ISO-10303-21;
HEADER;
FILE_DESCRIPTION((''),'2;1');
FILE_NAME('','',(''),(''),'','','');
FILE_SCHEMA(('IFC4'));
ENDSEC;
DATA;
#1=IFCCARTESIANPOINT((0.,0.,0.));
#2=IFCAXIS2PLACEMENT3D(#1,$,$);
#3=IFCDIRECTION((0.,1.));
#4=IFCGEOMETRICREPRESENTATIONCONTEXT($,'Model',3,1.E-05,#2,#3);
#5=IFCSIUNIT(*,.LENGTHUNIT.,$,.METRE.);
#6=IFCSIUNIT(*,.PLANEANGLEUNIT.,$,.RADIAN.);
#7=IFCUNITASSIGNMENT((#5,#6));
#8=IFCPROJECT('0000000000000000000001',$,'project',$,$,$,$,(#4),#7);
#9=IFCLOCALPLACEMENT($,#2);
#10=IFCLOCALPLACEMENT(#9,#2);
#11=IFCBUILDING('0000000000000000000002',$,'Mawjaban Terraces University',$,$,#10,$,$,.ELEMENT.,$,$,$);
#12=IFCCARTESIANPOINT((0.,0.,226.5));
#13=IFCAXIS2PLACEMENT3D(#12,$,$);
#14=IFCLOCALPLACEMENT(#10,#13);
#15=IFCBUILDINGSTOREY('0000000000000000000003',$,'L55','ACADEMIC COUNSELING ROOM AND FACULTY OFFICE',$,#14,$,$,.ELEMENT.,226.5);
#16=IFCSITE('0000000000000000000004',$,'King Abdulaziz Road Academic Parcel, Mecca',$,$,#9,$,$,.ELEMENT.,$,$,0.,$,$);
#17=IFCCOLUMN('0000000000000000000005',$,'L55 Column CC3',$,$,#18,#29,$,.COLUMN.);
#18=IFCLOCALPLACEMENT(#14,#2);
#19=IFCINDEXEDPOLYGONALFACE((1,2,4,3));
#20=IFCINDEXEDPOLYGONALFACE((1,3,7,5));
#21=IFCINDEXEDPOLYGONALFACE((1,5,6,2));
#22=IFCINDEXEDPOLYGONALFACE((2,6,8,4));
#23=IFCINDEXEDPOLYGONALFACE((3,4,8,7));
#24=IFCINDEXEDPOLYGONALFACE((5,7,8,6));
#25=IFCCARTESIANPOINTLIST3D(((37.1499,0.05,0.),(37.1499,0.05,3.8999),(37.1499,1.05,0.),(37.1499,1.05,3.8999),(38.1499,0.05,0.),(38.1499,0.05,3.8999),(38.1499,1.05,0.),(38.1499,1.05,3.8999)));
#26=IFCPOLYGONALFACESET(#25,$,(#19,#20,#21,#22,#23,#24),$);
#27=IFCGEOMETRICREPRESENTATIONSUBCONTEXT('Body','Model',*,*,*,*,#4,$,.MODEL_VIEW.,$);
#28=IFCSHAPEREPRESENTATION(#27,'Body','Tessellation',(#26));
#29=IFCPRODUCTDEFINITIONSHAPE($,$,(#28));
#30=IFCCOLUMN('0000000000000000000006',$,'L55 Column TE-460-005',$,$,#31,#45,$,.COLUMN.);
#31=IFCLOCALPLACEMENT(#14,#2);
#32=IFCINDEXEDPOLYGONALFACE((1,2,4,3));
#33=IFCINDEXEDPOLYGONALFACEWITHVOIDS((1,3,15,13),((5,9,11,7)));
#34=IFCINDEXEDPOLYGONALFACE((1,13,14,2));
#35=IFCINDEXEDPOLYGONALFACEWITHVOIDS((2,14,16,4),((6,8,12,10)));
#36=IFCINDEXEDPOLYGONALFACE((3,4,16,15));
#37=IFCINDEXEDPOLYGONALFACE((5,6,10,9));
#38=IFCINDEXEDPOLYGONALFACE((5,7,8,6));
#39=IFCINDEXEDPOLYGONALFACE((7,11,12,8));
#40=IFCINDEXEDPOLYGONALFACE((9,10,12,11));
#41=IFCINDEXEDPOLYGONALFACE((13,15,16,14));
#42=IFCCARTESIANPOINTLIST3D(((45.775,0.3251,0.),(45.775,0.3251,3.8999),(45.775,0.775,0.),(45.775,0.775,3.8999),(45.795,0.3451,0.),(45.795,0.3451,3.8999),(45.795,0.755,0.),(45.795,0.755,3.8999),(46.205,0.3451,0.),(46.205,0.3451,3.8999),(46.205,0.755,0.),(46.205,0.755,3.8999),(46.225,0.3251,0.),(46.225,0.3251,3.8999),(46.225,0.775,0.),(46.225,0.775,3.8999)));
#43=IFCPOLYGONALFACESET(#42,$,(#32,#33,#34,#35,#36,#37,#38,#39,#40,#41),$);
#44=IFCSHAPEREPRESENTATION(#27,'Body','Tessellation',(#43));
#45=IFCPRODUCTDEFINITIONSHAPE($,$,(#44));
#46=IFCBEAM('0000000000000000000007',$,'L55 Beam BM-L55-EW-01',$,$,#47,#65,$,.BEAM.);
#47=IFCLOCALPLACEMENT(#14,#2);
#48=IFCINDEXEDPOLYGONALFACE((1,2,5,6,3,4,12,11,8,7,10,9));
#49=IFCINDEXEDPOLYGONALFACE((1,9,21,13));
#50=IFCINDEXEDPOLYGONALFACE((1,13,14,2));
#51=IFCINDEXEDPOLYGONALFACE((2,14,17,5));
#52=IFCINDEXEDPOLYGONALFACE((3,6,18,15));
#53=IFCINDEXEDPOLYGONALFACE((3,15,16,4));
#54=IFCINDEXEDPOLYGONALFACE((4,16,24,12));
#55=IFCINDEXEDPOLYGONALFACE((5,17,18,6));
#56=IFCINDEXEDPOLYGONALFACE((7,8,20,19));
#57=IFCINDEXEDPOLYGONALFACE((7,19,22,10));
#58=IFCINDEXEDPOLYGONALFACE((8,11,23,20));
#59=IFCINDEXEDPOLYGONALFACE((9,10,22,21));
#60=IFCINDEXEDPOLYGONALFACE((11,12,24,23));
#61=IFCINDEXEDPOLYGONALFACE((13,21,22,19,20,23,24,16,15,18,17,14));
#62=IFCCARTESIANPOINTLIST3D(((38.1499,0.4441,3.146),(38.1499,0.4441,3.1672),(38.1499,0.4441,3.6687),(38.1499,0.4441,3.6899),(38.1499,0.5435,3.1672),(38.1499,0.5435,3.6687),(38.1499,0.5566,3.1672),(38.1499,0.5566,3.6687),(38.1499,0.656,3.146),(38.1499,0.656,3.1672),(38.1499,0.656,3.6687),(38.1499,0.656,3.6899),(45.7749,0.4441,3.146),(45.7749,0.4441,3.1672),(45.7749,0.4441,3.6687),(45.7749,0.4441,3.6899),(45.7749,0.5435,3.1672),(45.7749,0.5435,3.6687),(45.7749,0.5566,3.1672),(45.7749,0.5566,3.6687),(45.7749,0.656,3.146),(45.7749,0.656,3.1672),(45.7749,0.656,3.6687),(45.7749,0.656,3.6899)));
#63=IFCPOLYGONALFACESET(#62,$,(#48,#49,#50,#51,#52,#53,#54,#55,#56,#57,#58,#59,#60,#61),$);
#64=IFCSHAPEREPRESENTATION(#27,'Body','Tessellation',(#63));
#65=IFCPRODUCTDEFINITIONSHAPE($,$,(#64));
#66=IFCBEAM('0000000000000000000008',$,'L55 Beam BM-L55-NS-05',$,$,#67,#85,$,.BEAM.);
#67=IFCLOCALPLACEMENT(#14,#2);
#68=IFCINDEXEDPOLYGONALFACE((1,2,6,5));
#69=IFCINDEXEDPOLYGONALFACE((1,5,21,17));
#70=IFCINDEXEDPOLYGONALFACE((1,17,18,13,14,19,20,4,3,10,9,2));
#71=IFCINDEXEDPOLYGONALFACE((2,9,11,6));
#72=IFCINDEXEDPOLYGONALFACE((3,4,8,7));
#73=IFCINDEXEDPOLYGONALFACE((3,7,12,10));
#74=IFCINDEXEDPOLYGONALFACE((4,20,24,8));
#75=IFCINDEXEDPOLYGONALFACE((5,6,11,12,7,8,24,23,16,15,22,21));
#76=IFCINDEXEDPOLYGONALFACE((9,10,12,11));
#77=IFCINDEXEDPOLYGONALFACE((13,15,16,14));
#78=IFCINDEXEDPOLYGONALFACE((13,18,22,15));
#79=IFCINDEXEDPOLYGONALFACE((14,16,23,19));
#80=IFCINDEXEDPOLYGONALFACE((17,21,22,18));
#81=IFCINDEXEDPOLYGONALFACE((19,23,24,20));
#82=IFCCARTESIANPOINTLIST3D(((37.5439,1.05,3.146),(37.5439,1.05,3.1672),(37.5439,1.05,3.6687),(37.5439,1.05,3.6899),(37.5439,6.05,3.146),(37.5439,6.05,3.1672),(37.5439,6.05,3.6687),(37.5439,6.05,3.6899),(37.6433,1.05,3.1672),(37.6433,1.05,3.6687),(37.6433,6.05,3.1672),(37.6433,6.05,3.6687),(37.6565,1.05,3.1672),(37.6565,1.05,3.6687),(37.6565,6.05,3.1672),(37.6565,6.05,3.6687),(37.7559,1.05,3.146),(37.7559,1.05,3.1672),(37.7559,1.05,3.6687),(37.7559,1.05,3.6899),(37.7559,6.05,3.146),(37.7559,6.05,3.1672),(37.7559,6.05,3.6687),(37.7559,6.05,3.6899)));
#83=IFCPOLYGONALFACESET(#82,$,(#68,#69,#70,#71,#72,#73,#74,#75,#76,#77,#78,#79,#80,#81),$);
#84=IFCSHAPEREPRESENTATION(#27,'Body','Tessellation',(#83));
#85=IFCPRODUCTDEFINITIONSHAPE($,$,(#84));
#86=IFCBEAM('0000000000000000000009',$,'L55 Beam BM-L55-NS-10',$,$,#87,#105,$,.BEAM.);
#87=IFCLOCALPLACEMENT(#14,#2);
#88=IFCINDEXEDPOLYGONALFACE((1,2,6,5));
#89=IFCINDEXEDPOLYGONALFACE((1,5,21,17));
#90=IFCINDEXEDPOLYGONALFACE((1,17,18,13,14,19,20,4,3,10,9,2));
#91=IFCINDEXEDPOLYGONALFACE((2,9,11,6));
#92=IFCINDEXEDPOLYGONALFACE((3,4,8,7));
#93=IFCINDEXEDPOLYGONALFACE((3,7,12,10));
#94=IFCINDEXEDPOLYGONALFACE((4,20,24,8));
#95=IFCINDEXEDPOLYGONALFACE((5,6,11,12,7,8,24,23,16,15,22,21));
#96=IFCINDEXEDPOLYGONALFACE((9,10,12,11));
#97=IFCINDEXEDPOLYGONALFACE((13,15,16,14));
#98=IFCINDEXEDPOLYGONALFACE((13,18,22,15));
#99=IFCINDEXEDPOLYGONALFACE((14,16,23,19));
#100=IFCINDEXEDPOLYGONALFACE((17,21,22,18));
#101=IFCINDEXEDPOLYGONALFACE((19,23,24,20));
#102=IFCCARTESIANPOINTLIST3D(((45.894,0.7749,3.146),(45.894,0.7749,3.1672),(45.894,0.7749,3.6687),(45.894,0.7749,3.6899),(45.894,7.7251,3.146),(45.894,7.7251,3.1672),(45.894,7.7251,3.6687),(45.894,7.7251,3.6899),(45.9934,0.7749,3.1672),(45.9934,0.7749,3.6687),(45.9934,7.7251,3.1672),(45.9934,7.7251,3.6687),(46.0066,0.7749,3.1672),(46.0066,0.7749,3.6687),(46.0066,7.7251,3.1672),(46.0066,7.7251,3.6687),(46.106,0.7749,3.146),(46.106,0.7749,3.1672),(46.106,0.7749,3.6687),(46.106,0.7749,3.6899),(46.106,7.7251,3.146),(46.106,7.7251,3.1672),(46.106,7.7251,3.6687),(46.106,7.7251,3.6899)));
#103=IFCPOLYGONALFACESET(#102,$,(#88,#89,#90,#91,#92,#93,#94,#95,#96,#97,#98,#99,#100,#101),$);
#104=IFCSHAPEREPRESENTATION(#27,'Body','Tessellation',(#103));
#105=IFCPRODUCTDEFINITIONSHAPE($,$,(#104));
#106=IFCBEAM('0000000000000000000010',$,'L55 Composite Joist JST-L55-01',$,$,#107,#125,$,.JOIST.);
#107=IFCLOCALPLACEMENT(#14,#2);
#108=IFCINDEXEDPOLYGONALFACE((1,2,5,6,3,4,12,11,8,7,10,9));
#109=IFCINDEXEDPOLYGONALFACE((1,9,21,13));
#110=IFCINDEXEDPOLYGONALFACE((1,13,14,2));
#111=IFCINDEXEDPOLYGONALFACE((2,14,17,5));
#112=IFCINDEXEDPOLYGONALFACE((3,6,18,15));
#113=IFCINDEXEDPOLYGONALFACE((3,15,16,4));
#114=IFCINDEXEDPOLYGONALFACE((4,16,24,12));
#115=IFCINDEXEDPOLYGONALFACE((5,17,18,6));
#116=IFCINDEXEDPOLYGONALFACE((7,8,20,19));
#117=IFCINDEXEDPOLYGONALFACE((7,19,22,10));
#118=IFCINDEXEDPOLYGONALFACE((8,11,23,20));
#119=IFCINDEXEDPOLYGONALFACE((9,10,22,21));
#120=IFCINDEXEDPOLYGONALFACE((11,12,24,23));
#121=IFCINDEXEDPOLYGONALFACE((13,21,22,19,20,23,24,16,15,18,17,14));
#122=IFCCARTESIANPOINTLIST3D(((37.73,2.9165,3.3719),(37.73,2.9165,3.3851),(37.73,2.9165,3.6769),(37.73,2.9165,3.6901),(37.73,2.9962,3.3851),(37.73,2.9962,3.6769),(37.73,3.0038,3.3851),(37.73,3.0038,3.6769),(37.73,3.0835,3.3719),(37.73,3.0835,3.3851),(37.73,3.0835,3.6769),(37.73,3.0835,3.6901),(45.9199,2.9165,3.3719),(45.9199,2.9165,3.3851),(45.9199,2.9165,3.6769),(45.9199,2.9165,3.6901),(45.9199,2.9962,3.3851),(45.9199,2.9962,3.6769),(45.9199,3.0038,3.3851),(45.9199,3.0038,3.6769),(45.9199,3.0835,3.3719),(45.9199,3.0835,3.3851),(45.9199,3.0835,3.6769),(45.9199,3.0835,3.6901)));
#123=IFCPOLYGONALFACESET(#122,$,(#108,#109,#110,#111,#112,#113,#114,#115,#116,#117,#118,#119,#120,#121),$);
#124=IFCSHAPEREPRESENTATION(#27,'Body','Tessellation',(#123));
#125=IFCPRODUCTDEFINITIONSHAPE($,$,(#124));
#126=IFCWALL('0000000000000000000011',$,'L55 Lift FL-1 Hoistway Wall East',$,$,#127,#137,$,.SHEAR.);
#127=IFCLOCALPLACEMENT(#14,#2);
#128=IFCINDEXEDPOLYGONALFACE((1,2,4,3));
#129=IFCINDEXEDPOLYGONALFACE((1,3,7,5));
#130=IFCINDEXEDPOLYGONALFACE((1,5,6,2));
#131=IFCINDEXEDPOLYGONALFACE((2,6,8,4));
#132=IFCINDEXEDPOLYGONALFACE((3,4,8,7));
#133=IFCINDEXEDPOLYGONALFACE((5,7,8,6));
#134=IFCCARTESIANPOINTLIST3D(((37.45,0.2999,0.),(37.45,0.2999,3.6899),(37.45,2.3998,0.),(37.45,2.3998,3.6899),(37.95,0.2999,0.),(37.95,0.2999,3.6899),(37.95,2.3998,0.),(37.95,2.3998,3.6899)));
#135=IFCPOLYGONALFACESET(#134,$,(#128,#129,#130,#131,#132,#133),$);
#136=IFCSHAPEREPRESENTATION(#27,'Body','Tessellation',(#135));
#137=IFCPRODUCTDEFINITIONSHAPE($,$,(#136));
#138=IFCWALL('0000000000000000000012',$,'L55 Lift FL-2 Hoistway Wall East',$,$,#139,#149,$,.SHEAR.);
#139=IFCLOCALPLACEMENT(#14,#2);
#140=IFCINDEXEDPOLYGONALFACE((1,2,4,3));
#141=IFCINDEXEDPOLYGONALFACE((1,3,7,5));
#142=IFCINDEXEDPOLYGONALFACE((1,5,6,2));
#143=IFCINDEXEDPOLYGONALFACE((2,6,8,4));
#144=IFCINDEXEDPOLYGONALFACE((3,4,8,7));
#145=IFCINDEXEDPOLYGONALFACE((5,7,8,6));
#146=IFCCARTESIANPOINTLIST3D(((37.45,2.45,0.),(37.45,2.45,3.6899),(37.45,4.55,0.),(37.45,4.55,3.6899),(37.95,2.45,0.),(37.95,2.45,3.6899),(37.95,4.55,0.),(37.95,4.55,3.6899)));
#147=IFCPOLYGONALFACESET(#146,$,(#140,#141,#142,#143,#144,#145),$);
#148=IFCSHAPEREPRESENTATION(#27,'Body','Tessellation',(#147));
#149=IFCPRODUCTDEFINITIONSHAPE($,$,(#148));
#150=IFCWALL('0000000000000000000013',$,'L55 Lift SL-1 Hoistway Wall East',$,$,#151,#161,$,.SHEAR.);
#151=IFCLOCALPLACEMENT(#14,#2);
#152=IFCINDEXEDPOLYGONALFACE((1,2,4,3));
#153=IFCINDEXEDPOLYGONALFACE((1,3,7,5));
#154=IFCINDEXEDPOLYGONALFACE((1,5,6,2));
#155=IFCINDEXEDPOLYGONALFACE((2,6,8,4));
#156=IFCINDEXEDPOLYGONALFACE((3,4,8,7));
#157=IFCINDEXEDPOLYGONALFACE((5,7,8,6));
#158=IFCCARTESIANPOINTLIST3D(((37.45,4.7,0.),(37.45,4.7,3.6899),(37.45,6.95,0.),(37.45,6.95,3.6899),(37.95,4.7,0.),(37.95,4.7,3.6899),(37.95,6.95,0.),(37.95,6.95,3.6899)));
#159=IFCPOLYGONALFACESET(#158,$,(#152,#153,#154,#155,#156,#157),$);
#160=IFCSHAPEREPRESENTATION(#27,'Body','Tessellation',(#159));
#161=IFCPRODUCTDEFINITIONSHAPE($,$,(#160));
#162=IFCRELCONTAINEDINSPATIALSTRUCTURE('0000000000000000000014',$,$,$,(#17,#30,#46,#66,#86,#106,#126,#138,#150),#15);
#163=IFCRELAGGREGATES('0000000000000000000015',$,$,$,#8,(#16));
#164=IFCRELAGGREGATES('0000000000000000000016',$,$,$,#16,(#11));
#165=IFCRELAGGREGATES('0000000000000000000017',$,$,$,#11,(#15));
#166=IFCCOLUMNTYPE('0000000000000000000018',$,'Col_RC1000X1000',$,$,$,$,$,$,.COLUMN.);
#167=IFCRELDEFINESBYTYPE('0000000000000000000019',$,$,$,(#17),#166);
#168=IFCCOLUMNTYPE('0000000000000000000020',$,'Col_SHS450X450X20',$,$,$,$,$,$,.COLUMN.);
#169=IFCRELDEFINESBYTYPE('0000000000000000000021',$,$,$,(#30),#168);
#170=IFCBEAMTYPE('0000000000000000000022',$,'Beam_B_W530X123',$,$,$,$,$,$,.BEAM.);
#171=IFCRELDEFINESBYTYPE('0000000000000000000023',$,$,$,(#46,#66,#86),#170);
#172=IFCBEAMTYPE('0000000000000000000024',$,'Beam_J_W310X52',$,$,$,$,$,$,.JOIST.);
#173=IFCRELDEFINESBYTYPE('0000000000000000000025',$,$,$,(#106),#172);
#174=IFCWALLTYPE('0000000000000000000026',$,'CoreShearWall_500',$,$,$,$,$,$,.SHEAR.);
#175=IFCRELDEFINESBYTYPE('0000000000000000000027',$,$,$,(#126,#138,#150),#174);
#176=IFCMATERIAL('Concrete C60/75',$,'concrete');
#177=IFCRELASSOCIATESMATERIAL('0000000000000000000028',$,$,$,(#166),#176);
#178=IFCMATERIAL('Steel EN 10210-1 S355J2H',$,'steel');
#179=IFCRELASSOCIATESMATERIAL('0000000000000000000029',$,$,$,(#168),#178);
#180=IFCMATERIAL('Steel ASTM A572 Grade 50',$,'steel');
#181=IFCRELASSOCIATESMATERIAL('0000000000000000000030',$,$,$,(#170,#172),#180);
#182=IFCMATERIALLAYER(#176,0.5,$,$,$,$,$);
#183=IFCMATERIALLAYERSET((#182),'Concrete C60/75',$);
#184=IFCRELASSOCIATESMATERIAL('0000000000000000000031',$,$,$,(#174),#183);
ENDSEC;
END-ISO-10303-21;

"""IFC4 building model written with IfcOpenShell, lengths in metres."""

from ifc_helpers import new_model, si_unit, direction, frame, frame_2d, origin, origin_2d, place, context, subcontext, project, spatial, rectangle, hollow_rectangle, i_section, extrude, material, layer, layer_set, material_profile, profile_set, type_object, element, save


model = new_model("IFC4")

# Units and contexts
model_context = context("Model", 3, precision=1e-05, world=origin(), true_north=direction((0.0, 1.0)))
body_context = subcontext(model_context, "Body", "Model", "MODEL_VIEW")
ifc_project = project(units=[si_unit("LENGTHUNIT", "METRE"), si_unit("PLANEANGLEUNIT", "RADIAN")], contexts=[model_context])

# Site, building, storey
site_placement = place(None, origin())
site = spatial("IfcSite", under=ifc_project, at=site_placement, Name="King Abdulaziz Road Academic Parcel, Mecca", CompositionType="ELEMENT", RefElevation=0.0)
building_placement = place(site_placement, origin())
building = spatial("IfcBuilding", under=site, at=building_placement, Name="Mawjaban Terraces University", CompositionType="ELEMENT")
storey_placement = place(building_placement, frame((0.0, 0.0, 226.5)))
storey = spatial("IfcBuildingStorey", under=building, at=storey_placement, Name="L55", Description="ACADEMIC COUNSELING ROOM AND FACULTY OFFICE", CompositionType="ELEMENT", Elevation=226.5)

# Columns
ifc_material_1 = material(Name="Concrete C60/75", Category="concrete")
ifc_material_profile_1 = material_profile(ifc_material_1, rectangle(XDim=1.0, YDim=1.0, at=origin_2d()), Name="RC1000X1000")
ifc_profile_set_1 = profile_set([ifc_material_profile_1], Name="Concrete C60/75")
column_type_1 = type_object("IfcColumnType", Name="Col_RC1000X1000", PredefinedType="COLUMN", material=ifc_profile_set_1)
column_1_placement = place(storey_placement, frame((37.6499, 0.55, 0.0), z_axis=(0.0, 0.0, 1.0), x_axis=(1.0, 0.0, 0.0)))
element("IfcColumn", 1, at=column_1_placement, inside=storey, type_object=column_type_1, Name="L55 Column CC3", PredefinedType="COLUMN", context=body_context, shape_type="SweptSolid", body=[
    extrude(rectangle(XDim=1.0, YDim=1.0, at=origin_2d()), origin(), (0.0, 0.0, 1.0), 3.8999),
])
ifc_material_2 = material(Name="Steel EN 10210-1 S355J2H", Category="steel")
ifc_material_profile_2 = material_profile(ifc_material_2, hollow_rectangle(XDim=0.45, YDim=0.45, WallThickness=0.02, at=origin_2d()), Name="SHS450X450X20")
ifc_profile_set_2 = profile_set([ifc_material_profile_2], Name="Steel EN 10210-1 S355J2H")
column_type_2 = type_object("IfcColumnType", Name="Col_SHS450X450X20", PredefinedType="COLUMN", material=ifc_profile_set_2)
column_2_placement = place(storey_placement, frame((46.0, 0.55, 0.0), z_axis=(0.0, 0.0, 1.0), x_axis=(1.0, 0.0, 0.0)))
element("IfcColumn", 2, at=column_2_placement, inside=storey, type_object=column_type_2, Name="L55 Column TE-460-005", PredefinedType="COLUMN", context=body_context, shape_type="SweptSolid", body=[
    extrude(hollow_rectangle(XDim=0.45, YDim=0.45, WallThickness=0.02, at=origin_2d()), origin(), (0.0, 0.0, 1.0), 3.8999),
])

# Beams
ifc_material_3 = material(Name="Steel ASTM A572 Grade 50", Category="steel")
ifc_material_profile_3 = material_profile(ifc_material_3, i_section(OverallWidth=0.2119, OverallDepth=0.5439, WebThickness=0.0132, FlangeThickness=0.0212, at=origin_2d()), Name="W530X123")
ifc_profile_set_3 = profile_set([ifc_material_profile_3], Name="Steel ASTM A572 Grade 50")
beam_type_1 = type_object("IfcBeamType", Name="Beam_B_W530X123", PredefinedType="BEAM", material=ifc_profile_set_3)
beam_1_placement = place(storey_placement, frame((38.1499, 0.55, 3.418), z_axis=(1.0, 0.0, 0.0), x_axis=(0.0, 1.0, 0.0)))
element("IfcBeam", 3, at=beam_1_placement, inside=storey, type_object=beam_type_1, Name="L55 Beam BM-L55-EW-01", PredefinedType="BEAM", context=body_context, shape_type="SweptSolid", body=[
    extrude(i_section(OverallWidth=0.2119, OverallDepth=0.5439, WebThickness=0.0132, FlangeThickness=0.0212, at=origin_2d()), origin(), (0.0, 0.0, 1.0), 7.625),
])
beam_2_placement = place(storey_placement, frame((37.6499, 1.05, 3.418), z_axis=(0.0, 1.0, 0.0), x_axis=(-1.0, 0.0, 0.0)))
element("IfcBeam", 4, at=beam_2_placement, inside=storey, type_object=beam_type_1, Name="L55 Beam BM-L55-NS-05", PredefinedType="BEAM", context=body_context, shape_type="SweptSolid", body=[
    extrude(i_section(OverallWidth=0.2119, OverallDepth=0.5439, WebThickness=0.0132, FlangeThickness=0.0212, at=origin_2d()), origin(), (0.0, 0.0, 1.0), 5.0),
])
beam_3_placement = place(storey_placement, frame((46.0, 0.7749, 3.418), z_axis=(0.0, 1.0, 0.0), x_axis=(-1.0, 0.0, 0.0)))
element("IfcBeam", 5, at=beam_3_placement, inside=storey, type_object=beam_type_1, Name="L55 Beam BM-L55-NS-10", PredefinedType="BEAM", context=body_context, shape_type="SweptSolid", body=[
    extrude(i_section(OverallWidth=0.2119, OverallDepth=0.5439, WebThickness=0.0132, FlangeThickness=0.0212, at=origin_2d()), origin(), (0.0, 0.0, 1.0), 6.9502),
])
ifc_material_profile_4 = material_profile(ifc_material_3, i_section(OverallWidth=0.167, OverallDepth=0.3181, WebThickness=0.0076, FlangeThickness=0.0132, at=origin_2d()), Name="W310X52")
ifc_profile_set_4 = profile_set([ifc_material_profile_4], Name="Steel ASTM A572 Grade 50")
beam_type_2 = type_object("IfcBeamType", Name="Beam_J_W310X52", PredefinedType="JOIST", material=ifc_profile_set_4)
beam_4_placement = place(storey_placement, frame((37.73, 3.0, 3.531), z_axis=(1.0, 0.0, 0.0), x_axis=(0.0, 1.0, 0.0)))
element("IfcBeam", 6, at=beam_4_placement, inside=storey, type_object=beam_type_2, Name="L55 Composite Joist JST-L55-01", PredefinedType="JOIST", context=body_context, shape_type="SweptSolid", body=[
    extrude(i_section(OverallWidth=0.167, OverallDepth=0.3181, WebThickness=0.0076, FlangeThickness=0.0132, at=origin_2d()), origin(), (0.0, 0.0, 1.0), 8.1899),
])

# Walls
ifc_layer_1 = layer(ifc_material_1, 0.5)
ifc_layer_set_1 = layer_set([ifc_layer_1], Name="Concrete C60/75")
wall_type_1 = type_object("IfcWallType", Name="CoreShearWall_500", PredefinedType="SHEAR", material=ifc_layer_set_1)
wall_1_placement = place(storey_placement, frame((37.7, 0.3, 0.0), z_axis=(0.0, 0.0, 1.0), x_axis=(0.0, 1.0, 0.0)))
element("IfcWall", 7, at=wall_1_placement, inside=storey, type_object=wall_type_1, Name="L55 Lift FL-1 Hoistway Wall East", PredefinedType="SHEAR", context=body_context, shape_type="SweptSolid", body=[
    extrude(rectangle(XDim=2.0999, YDim=0.5, at=frame_2d((1.0498, 0.0))), origin(), (0.0, 0.0, 1.0), 3.6899),
])
wall_2_placement = place(storey_placement, frame((37.7, 2.45, 0.0), z_axis=(0.0, 0.0, 1.0), x_axis=(0.0, 1.0, 0.0)))
element("IfcWall", 8, at=wall_2_placement, inside=storey, type_object=wall_type_1, Name="L55 Lift FL-2 Hoistway Wall East", PredefinedType="SHEAR", context=body_context, shape_type="SweptSolid", body=[
    extrude(rectangle(XDim=2.1001, YDim=0.5, at=frame_2d((1.05, 0.0))), origin(), (0.0, 0.0, 1.0), 3.6899),
])
wall_3_placement = place(storey_placement, frame((37.7, 4.7, 0.0), z_axis=(0.0, 0.0, 1.0), x_axis=(0.0, 1.0, 0.0)))
element("IfcWall", 9, at=wall_3_placement, inside=storey, type_object=wall_type_1, Name="L55 Lift SL-1 Hoistway Wall East", PredefinedType="SHEAR", context=body_context, shape_type="SweptSolid", body=[
    extrude(rectangle(XDim=2.25, YDim=0.5, at=frame_2d((1.125, 0.0))), origin(), (0.0, 0.0, 1.0), 3.6899),
])

save(model, "model.ifc")
